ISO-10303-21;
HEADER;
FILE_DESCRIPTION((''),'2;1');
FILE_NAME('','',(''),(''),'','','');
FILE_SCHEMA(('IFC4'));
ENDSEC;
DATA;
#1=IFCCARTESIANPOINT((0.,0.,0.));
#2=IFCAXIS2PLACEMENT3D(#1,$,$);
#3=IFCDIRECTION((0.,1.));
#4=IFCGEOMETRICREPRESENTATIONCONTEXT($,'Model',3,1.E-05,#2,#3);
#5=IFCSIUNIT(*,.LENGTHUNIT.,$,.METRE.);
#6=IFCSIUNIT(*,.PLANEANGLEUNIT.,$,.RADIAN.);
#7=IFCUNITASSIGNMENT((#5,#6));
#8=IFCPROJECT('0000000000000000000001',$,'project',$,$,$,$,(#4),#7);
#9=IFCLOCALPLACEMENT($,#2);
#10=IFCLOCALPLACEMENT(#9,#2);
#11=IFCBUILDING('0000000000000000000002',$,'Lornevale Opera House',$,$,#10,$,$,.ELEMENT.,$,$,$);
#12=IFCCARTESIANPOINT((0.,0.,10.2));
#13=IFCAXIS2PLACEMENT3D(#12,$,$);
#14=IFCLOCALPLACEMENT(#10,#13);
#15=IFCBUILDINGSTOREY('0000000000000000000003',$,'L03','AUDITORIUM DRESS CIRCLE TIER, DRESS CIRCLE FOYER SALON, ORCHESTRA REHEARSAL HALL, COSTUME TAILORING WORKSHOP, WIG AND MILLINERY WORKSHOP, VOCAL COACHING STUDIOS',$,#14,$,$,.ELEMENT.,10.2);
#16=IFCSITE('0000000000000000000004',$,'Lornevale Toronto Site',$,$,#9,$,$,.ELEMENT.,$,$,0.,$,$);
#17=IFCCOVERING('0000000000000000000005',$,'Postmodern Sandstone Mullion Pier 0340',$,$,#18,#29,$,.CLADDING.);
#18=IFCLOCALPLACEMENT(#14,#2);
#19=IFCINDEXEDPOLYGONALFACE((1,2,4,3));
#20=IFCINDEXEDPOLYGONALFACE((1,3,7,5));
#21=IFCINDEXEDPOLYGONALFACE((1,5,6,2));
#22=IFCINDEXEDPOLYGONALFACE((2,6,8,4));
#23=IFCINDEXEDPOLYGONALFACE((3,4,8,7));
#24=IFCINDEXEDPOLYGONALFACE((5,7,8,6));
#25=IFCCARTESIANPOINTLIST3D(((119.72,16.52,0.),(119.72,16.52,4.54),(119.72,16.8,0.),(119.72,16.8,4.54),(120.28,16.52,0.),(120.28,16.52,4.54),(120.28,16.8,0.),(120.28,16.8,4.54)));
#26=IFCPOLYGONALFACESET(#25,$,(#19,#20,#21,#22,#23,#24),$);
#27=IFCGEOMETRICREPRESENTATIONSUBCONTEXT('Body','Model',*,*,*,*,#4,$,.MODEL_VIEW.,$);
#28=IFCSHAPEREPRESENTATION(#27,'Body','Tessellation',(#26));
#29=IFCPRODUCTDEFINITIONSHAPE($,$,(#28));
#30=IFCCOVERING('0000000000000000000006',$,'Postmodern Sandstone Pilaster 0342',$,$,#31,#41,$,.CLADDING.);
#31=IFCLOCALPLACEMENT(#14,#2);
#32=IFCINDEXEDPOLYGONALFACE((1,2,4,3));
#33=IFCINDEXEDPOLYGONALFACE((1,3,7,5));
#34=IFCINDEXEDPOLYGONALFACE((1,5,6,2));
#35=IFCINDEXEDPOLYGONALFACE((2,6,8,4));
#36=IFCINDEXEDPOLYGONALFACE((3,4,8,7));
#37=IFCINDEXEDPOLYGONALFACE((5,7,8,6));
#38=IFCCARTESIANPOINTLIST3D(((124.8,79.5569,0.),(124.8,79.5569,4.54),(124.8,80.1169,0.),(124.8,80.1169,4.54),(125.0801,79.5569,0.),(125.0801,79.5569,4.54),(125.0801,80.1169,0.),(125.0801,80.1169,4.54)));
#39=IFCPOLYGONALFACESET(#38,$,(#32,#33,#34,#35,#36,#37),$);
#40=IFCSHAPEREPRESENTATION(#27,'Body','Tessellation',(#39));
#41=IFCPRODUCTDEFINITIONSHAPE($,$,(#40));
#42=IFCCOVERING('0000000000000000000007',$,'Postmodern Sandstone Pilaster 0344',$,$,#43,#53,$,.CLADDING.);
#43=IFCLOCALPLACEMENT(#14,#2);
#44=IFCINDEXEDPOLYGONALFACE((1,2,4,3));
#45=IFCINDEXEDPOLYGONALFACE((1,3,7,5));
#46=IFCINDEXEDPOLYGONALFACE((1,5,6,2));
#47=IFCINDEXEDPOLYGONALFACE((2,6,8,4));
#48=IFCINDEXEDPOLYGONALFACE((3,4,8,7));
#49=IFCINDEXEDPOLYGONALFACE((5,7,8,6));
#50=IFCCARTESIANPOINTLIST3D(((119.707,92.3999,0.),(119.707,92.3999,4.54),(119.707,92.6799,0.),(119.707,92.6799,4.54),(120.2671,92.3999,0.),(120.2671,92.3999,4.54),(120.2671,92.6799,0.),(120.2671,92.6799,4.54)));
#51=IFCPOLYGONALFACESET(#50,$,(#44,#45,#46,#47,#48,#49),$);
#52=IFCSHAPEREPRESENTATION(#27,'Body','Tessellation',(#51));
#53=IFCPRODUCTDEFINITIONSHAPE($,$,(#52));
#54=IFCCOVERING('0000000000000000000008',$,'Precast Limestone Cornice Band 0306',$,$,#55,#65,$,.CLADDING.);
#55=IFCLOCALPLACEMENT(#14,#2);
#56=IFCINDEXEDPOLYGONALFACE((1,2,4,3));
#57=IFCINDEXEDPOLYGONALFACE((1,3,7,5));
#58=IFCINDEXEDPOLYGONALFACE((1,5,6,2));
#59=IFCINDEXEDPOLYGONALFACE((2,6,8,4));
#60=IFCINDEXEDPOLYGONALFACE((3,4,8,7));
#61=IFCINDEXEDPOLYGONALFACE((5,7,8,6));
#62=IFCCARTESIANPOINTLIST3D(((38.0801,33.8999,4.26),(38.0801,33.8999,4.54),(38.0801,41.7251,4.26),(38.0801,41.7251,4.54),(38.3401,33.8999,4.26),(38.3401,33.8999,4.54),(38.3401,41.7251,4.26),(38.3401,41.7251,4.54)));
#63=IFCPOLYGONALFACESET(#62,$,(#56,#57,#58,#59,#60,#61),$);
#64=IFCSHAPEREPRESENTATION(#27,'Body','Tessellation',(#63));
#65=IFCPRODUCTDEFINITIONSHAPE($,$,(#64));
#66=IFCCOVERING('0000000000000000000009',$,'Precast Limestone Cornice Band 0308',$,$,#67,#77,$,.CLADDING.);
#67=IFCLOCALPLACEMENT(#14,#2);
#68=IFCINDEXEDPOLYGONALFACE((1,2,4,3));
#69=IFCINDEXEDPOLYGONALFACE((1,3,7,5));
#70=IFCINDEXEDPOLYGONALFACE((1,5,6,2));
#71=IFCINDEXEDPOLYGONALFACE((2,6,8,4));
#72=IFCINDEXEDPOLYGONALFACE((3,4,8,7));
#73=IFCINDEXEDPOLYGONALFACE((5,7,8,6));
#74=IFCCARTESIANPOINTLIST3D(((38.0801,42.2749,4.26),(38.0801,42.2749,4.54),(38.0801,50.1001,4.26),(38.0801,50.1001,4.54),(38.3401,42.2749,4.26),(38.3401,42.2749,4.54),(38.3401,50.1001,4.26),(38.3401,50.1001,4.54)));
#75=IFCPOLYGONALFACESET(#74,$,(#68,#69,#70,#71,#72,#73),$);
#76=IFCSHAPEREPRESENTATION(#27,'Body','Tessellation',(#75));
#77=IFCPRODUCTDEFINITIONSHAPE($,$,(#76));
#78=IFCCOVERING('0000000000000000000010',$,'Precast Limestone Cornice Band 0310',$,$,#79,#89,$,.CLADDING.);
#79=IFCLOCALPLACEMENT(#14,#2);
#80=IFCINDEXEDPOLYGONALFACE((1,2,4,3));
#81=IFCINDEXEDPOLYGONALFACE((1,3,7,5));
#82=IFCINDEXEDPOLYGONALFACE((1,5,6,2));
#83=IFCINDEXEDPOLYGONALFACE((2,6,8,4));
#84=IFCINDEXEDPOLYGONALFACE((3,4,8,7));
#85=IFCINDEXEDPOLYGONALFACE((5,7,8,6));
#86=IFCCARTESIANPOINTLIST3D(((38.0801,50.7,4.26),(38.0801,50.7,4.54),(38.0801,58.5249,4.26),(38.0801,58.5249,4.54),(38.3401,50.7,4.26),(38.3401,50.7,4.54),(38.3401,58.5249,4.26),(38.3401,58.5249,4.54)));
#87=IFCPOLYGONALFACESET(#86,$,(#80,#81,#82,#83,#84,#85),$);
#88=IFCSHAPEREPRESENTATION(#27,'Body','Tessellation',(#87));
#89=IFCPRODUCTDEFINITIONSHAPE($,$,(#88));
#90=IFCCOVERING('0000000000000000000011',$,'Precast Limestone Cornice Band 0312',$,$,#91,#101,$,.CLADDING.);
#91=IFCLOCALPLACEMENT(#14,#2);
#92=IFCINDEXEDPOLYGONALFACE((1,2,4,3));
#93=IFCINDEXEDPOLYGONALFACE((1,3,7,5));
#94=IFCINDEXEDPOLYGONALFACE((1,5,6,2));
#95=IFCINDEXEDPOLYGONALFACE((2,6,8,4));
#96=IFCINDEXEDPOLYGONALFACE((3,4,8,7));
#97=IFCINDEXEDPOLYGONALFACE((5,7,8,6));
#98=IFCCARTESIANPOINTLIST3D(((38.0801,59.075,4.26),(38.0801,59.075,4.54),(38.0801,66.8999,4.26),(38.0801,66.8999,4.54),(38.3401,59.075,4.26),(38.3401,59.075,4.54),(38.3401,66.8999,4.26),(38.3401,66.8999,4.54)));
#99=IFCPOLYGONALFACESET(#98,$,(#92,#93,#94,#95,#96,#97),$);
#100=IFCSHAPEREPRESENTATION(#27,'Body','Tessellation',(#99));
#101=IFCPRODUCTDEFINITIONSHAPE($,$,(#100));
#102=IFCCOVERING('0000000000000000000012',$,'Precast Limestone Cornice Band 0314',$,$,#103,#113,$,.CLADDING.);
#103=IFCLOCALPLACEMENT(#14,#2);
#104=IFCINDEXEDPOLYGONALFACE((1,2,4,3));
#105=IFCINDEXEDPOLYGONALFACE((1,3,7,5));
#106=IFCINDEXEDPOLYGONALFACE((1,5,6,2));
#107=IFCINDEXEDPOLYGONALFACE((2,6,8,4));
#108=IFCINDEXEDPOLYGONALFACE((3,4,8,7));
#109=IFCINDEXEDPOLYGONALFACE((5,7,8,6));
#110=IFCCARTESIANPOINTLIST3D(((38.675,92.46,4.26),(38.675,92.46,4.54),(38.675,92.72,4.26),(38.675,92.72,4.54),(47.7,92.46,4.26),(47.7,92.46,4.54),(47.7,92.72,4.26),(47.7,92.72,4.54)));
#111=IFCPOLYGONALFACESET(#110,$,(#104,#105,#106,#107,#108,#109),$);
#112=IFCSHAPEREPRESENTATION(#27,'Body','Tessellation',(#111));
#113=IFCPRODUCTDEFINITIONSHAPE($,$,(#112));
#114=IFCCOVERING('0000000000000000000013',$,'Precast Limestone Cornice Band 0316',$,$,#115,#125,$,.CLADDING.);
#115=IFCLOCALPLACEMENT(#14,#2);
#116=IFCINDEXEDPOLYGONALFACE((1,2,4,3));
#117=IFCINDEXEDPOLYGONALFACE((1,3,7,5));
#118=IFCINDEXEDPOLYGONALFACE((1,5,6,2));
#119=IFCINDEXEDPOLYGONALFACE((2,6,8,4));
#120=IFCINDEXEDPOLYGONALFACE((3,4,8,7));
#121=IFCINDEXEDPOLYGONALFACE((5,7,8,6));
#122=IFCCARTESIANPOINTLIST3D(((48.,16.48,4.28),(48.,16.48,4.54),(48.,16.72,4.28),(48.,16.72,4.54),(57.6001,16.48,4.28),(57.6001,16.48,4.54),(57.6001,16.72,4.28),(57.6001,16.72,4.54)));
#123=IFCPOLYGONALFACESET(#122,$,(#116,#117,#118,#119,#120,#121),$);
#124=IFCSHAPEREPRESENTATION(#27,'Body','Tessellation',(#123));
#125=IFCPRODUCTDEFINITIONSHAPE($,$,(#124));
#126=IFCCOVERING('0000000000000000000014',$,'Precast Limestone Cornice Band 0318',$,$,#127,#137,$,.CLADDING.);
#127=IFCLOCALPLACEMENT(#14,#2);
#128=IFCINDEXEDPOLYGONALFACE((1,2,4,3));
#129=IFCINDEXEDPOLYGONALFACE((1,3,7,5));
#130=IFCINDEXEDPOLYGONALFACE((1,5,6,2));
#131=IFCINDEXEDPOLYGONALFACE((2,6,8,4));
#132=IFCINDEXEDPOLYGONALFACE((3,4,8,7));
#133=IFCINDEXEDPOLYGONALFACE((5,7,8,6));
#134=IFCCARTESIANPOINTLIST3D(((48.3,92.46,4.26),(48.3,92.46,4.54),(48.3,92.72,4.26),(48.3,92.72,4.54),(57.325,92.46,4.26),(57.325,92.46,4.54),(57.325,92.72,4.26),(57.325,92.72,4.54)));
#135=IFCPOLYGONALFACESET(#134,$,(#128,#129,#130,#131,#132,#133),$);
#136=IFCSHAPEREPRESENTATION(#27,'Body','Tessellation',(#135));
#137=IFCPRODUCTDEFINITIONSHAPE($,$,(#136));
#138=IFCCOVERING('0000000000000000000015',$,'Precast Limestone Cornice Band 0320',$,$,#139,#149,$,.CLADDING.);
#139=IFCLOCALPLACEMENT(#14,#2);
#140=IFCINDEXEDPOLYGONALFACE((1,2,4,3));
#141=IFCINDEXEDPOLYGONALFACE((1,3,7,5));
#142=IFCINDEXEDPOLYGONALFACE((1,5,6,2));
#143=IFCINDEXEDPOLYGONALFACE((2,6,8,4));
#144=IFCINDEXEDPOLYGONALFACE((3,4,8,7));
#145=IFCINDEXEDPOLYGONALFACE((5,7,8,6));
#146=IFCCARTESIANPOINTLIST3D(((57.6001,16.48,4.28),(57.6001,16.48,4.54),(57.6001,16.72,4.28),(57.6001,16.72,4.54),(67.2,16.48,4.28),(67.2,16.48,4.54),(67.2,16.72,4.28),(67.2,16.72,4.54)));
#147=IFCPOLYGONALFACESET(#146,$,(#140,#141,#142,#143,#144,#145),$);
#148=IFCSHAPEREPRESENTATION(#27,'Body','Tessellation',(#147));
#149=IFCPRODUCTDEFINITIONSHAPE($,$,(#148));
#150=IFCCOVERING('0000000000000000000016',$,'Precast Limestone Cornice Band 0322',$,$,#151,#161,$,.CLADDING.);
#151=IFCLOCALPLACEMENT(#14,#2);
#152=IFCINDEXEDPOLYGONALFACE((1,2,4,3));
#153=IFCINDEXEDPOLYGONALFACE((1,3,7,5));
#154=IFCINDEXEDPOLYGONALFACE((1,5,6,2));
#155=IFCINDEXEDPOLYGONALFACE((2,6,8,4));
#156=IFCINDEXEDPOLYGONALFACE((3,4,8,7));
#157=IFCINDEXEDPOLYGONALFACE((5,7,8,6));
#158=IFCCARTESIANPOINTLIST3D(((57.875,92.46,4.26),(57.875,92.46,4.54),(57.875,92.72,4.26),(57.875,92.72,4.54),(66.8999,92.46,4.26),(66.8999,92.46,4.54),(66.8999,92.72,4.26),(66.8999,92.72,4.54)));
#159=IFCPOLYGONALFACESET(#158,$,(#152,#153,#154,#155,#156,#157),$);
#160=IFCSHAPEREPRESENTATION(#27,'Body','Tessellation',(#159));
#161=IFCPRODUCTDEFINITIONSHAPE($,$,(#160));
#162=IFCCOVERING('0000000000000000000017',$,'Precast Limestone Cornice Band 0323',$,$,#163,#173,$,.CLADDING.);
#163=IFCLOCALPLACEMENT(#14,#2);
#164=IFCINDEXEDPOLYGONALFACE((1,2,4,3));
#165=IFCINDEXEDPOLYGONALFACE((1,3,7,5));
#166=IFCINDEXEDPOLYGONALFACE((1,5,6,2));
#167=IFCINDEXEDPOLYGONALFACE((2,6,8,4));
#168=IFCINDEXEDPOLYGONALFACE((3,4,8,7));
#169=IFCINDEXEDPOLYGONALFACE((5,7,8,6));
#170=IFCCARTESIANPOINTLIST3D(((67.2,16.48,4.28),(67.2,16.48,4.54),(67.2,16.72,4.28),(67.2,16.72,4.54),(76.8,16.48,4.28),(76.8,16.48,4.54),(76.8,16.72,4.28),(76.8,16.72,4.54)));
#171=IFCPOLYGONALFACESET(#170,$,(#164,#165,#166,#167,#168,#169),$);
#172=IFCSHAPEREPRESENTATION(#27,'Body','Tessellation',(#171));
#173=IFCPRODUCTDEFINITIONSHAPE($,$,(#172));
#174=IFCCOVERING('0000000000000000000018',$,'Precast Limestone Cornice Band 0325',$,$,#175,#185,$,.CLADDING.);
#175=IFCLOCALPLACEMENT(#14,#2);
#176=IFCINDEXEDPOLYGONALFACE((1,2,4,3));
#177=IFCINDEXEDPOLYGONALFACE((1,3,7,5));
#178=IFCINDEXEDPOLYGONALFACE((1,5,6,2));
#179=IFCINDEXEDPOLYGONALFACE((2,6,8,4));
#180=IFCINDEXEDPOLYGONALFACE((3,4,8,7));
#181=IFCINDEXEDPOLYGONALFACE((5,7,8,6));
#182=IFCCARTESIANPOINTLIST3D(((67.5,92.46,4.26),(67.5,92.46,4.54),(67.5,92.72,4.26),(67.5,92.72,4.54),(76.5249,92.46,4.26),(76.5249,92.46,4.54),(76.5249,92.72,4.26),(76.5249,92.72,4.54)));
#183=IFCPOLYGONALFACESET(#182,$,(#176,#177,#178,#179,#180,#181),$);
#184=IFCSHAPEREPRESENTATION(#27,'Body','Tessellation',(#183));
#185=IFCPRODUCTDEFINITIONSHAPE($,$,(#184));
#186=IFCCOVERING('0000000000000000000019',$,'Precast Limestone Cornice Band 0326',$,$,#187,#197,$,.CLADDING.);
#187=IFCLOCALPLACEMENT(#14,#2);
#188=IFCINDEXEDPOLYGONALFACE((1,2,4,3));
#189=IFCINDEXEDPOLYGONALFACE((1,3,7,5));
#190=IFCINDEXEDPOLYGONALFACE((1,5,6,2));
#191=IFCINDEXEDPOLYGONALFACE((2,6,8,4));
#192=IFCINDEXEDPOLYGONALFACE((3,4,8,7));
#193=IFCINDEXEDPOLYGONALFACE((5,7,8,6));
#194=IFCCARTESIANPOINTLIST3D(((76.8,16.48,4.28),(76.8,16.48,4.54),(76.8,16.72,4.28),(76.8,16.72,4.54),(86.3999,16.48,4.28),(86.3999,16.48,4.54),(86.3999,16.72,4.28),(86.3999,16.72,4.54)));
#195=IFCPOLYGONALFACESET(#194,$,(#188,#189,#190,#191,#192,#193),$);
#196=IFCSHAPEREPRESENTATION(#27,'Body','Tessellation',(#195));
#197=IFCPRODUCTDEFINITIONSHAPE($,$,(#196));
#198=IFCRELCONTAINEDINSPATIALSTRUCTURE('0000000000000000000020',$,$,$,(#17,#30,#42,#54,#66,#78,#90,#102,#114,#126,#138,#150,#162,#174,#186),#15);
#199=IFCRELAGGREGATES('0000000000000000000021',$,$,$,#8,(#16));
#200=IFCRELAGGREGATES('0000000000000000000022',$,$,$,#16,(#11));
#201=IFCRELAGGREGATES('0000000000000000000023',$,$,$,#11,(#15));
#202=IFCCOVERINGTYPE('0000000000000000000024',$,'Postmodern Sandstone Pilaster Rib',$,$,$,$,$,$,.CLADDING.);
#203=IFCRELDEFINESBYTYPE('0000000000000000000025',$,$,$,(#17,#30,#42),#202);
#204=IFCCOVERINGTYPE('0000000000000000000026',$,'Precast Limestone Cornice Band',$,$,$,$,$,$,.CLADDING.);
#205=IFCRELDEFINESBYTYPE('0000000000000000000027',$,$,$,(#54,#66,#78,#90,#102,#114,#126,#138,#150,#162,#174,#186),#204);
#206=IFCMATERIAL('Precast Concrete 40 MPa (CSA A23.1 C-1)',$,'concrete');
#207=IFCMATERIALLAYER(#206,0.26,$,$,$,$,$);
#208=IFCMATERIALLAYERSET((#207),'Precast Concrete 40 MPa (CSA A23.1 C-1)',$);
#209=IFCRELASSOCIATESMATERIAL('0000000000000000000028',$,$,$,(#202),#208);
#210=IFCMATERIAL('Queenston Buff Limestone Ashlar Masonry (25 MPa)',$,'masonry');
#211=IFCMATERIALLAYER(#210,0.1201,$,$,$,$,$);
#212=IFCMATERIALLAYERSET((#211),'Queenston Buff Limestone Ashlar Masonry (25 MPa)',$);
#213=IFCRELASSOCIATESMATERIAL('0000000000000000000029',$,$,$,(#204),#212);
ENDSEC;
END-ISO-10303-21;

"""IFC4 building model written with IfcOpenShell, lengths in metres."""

from ifc_helpers import new_model, si_unit, direction, frame, origin, place, context, subcontext, project, spatial, polyline, outline, extrude, material, layer, layer_set, type_object, element, save


model = new_model("IFC4")

# Units and contexts
model_context = context("Model", 3, precision=1e-05, world=origin(), true_north=direction((0.0, 1.0)))
body_context = subcontext(model_context, "Body", "Model", "MODEL_VIEW")
ifc_project = project(units=[si_unit("LENGTHUNIT", "METRE"), si_unit("PLANEANGLEUNIT", "RADIAN")], contexts=[model_context])

# Site, building, storey
site_placement = place(None, origin())
site = spatial("IfcSite", under=ifc_project, at=site_placement, Name="Lornevale Toronto Site", CompositionType="ELEMENT", RefElevation=0.0)
building_placement = place(site_placement, origin())
building = spatial("IfcBuilding", under=site, at=building_placement, Name="Lornevale Opera House", CompositionType="ELEMENT")
storey_placement = place(building_placement, frame((0.0, 0.0, 10.2)))
storey = spatial("IfcBuildingStorey", under=building, at=storey_placement, Name="L03", Description="AUDITORIUM DRESS CIRCLE TIER, DRESS CIRCLE FOYER SALON, ORCHESTRA REHEARSAL HALL, COSTUME TAILORING WORKSHOP, WIG AND MILLINERY WORKSHOP, VOCAL COACHING STUDIOS", CompositionType="ELEMENT", Elevation=10.2)

# Coverings
ifc_material_1 = material(Name="Precast Concrete 40 MPa (CSA A23.1 C-1)", Category="concrete")
ifc_layer_1 = layer(ifc_material_1, 0.26)
ifc_layer_set_1 = layer_set([ifc_layer_1], Name="Precast Concrete 40 MPa (CSA A23.1 C-1)")
covering_type_1 = type_object("IfcCoveringType", Name="Postmodern Sandstone Pilaster Rib", PredefinedType="CLADDING", material=ifc_layer_set_1)
covering_1_placement = place(storey_placement, origin())
element("IfcCovering", 1, at=covering_1_placement, inside=storey, type_object=covering_type_1, Name="Postmodern Sandstone Mullion Pier 0340", PredefinedType="CLADDING", context=body_context, shape_type="SweptSolid", body=[
    extrude(outline(polyline([(120.28, 16.8), (119.72, 16.8), (119.72, 16.52), (120.28, 16.52), (120.28, 16.8)])), origin(), (0.0, 0.0, 1.0), 4.54),
])
covering_2_placement = place(storey_placement, origin())
element("IfcCovering", 2, at=covering_2_placement, inside=storey, type_object=covering_type_1, Name="Postmodern Sandstone Pilaster 0342", PredefinedType="CLADDING", context=body_context, shape_type="SweptSolid", body=[
    extrude(outline(polyline([(124.8, 80.1169), (124.8, 79.5569), (125.0801, 79.5569), (125.0801, 80.1169), (124.8, 80.1169)])), origin(), (0.0, 0.0, 1.0), 4.54),
])
covering_3_placement = place(storey_placement, origin())
element("IfcCovering", 3, at=covering_3_placement, inside=storey, type_object=covering_type_1, Name="Postmodern Sandstone Pilaster 0344", PredefinedType="CLADDING", context=body_context, shape_type="SweptSolid", body=[
    extrude(outline(polyline([(119.707, 92.3999), (120.2671, 92.3999), (120.2671, 92.6799), (119.707, 92.6799), (119.707, 92.3999)])), origin(), (0.0, 0.0, 1.0), 4.54),
])
ifc_material_2 = material(Name="Queenston Buff Limestone Ashlar Masonry (25 MPa)", Category="masonry")
ifc_layer_2 = layer(ifc_material_2, 0.1201)
ifc_layer_set_2 = layer_set([ifc_layer_2], Name="Queenston Buff Limestone Ashlar Masonry (25 MPa)")
covering_type_2 = type_object("IfcCoveringType", Name="Precast Limestone Cornice Band", PredefinedType="CLADDING", material=ifc_layer_set_2)
covering_4_placement = place(storey_placement, frame((0.0, 0.0, 4.26)))
element("IfcCovering", 4, at=covering_4_placement, inside=storey, type_object=covering_type_2, Name="Precast Limestone Cornice Band 0306", PredefinedType="CLADDING", context=body_context, shape_type="SweptSolid", body=[
    extrude(outline(polyline([(38.3401, 33.8999), (38.3401, 41.7251), (38.0801, 41.7251), (38.0801, 33.8999), (38.3401, 33.8999)])), origin(), (0.0, 0.0, 1.0), 0.28),
])
covering_5_placement = place(storey_placement, frame((0.0, 0.0, 4.26)))
element("IfcCovering", 5, at=covering_5_placement, inside=storey, type_object=covering_type_2, Name="Precast Limestone Cornice Band 0308", PredefinedType="CLADDING", context=body_context, shape_type="SweptSolid", body=[
    extrude(outline(polyline([(38.3401, 42.2749), (38.3401, 50.1001), (38.0801, 50.1001), (38.0801, 42.2749), (38.3401, 42.2749)])), origin(), (0.0, 0.0, 1.0), 0.28),
])
covering_6_placement = place(storey_placement, frame((0.0, 0.0, 4.26)))
element("IfcCovering", 6, at=covering_6_placement, inside=storey, type_object=covering_type_2, Name="Precast Limestone Cornice Band 0310", PredefinedType="CLADDING", context=body_context, shape_type="SweptSolid", body=[
    extrude(outline(polyline([(38.3401, 50.7), (38.3401, 58.5249), (38.0801, 58.5249), (38.0801, 50.7), (38.3401, 50.7)])), origin(), (0.0, 0.0, 1.0), 0.28),
])
covering_7_placement = place(storey_placement, frame((0.0, 0.0, 4.26)))
element("IfcCovering", 7, at=covering_7_placement, inside=storey, type_object=covering_type_2, Name="Precast Limestone Cornice Band 0312", PredefinedType="CLADDING", context=body_context, shape_type="SweptSolid", body=[
    extrude(outline(polyline([(38.3401, 59.075), (38.3401, 66.8999), (38.0801, 66.8999), (38.0801, 59.075), (38.3401, 59.075)])), origin(), (0.0, 0.0, 1.0), 0.28),
])
covering_8_placement = place(storey_placement, frame((0.0, 0.0, 4.26)))
element("IfcCovering", 8, at=covering_8_placement, inside=storey, type_object=covering_type_2, Name="Precast Limestone Cornice Band 0314", PredefinedType="CLADDING", context=body_context, shape_type="SweptSolid", body=[
    extrude(outline(polyline([(38.675, 92.46), (47.7, 92.46), (47.7, 92.72), (38.675, 92.72), (38.675, 92.46)])), origin(), (0.0, 0.0, 1.0), 0.28),
])
covering_9_placement = place(storey_placement, frame((0.0, 0.0, 4.28)))
element("IfcCovering", 9, at=covering_9_placement, inside=storey, type_object=covering_type_2, Name="Precast Limestone Cornice Band 0316", PredefinedType="CLADDING", context=body_context, shape_type="SweptSolid", body=[
    extrude(outline(polyline([(57.6001, 16.72), (48.0, 16.72), (48.0, 16.48), (57.6001, 16.48), (57.6001, 16.72)])), origin(), (0.0, 0.0, 1.0), 0.26),
])
covering_10_placement = place(storey_placement, frame((0.0, 0.0, 4.26)))
element("IfcCovering", 10, at=covering_10_placement, inside=storey, type_object=covering_type_2, Name="Precast Limestone Cornice Band 0318", PredefinedType="CLADDING", context=body_context, shape_type="SweptSolid", body=[
    extrude(outline(polyline([(48.3, 92.46), (57.325, 92.46), (57.325, 92.72), (48.3, 92.72), (48.3, 92.46)])), origin(), (0.0, 0.0, 1.0), 0.28),
])
covering_11_placement = place(storey_placement, frame((0.0, 0.0, 4.28)))
element("IfcCovering", 11, at=covering_11_placement, inside=storey, type_object=covering_type_2, Name="Precast Limestone Cornice Band 0320", PredefinedType="CLADDING", context=body_context, shape_type="SweptSolid", body=[
    extrude(outline(polyline([(67.2, 16.72), (57.6001, 16.72), (57.6001, 16.48), (67.2, 16.48), (67.2, 16.72)])), origin(), (0.0, 0.0, 1.0), 0.26),
])
covering_12_placement = place(storey_placement, frame((0.0, 0.0, 4.26)))
element("IfcCovering", 12, at=covering_12_placement, inside=storey, type_object=covering_type_2, Name="Precast Limestone Cornice Band 0322", PredefinedType="CLADDING", context=body_context, shape_type="SweptSolid", body=[
    extrude(outline(polyline([(57.875, 92.46), (66.8999, 92.46), (66.8999, 92.72), (57.875, 92.72), (57.875, 92.46)])), origin(), (0.0, 0.0, 1.0), 0.28),
])
covering_13_placement = place(storey_placement, frame((0.0, 0.0, 4.28)))
element("IfcCovering", 13, at=covering_13_placement, inside=storey, type_object=covering_type_2, Name="Precast Limestone Cornice Band 0323", PredefinedType="CLADDING", context=body_context, shape_type="SweptSolid", body=[
    extrude(outline(polyline([(76.8, 16.72), (67.2, 16.72), (67.2, 16.48), (76.8, 16.48), (76.8, 16.72)])), origin(), (0.0, 0.0, 1.0), 0.26),
])
covering_14_placement = place(storey_placement, frame((0.0, 0.0, 4.26)))
element("IfcCovering", 14, at=covering_14_placement, inside=storey, type_object=covering_type_2, Name="Precast Limestone Cornice Band 0325", PredefinedType="CLADDING", context=body_context, shape_type="SweptSolid", body=[
    extrude(outline(polyline([(67.5, 92.46), (76.5249, 92.46), (76.5249, 92.72), (67.5, 92.72), (67.5, 92.46)])), origin(), (0.0, 0.0, 1.0), 0.28),
])
covering_15_placement = place(storey_placement, frame((0.0, 0.0, 4.28)))
element("IfcCovering", 15, at=covering_15_placement, inside=storey, type_object=covering_type_2, Name="Precast Limestone Cornice Band 0326", PredefinedType="CLADDING", context=body_context, shape_type="SweptSolid", body=[
    extrude(outline(polyline([(86.3999, 16.72), (76.8, 16.72), (76.8, 16.48), (86.3999, 16.48), (86.3999, 16.72)])), origin(), (0.0, 0.0, 1.0), 0.26),
])

save(model, "model.ifc")
